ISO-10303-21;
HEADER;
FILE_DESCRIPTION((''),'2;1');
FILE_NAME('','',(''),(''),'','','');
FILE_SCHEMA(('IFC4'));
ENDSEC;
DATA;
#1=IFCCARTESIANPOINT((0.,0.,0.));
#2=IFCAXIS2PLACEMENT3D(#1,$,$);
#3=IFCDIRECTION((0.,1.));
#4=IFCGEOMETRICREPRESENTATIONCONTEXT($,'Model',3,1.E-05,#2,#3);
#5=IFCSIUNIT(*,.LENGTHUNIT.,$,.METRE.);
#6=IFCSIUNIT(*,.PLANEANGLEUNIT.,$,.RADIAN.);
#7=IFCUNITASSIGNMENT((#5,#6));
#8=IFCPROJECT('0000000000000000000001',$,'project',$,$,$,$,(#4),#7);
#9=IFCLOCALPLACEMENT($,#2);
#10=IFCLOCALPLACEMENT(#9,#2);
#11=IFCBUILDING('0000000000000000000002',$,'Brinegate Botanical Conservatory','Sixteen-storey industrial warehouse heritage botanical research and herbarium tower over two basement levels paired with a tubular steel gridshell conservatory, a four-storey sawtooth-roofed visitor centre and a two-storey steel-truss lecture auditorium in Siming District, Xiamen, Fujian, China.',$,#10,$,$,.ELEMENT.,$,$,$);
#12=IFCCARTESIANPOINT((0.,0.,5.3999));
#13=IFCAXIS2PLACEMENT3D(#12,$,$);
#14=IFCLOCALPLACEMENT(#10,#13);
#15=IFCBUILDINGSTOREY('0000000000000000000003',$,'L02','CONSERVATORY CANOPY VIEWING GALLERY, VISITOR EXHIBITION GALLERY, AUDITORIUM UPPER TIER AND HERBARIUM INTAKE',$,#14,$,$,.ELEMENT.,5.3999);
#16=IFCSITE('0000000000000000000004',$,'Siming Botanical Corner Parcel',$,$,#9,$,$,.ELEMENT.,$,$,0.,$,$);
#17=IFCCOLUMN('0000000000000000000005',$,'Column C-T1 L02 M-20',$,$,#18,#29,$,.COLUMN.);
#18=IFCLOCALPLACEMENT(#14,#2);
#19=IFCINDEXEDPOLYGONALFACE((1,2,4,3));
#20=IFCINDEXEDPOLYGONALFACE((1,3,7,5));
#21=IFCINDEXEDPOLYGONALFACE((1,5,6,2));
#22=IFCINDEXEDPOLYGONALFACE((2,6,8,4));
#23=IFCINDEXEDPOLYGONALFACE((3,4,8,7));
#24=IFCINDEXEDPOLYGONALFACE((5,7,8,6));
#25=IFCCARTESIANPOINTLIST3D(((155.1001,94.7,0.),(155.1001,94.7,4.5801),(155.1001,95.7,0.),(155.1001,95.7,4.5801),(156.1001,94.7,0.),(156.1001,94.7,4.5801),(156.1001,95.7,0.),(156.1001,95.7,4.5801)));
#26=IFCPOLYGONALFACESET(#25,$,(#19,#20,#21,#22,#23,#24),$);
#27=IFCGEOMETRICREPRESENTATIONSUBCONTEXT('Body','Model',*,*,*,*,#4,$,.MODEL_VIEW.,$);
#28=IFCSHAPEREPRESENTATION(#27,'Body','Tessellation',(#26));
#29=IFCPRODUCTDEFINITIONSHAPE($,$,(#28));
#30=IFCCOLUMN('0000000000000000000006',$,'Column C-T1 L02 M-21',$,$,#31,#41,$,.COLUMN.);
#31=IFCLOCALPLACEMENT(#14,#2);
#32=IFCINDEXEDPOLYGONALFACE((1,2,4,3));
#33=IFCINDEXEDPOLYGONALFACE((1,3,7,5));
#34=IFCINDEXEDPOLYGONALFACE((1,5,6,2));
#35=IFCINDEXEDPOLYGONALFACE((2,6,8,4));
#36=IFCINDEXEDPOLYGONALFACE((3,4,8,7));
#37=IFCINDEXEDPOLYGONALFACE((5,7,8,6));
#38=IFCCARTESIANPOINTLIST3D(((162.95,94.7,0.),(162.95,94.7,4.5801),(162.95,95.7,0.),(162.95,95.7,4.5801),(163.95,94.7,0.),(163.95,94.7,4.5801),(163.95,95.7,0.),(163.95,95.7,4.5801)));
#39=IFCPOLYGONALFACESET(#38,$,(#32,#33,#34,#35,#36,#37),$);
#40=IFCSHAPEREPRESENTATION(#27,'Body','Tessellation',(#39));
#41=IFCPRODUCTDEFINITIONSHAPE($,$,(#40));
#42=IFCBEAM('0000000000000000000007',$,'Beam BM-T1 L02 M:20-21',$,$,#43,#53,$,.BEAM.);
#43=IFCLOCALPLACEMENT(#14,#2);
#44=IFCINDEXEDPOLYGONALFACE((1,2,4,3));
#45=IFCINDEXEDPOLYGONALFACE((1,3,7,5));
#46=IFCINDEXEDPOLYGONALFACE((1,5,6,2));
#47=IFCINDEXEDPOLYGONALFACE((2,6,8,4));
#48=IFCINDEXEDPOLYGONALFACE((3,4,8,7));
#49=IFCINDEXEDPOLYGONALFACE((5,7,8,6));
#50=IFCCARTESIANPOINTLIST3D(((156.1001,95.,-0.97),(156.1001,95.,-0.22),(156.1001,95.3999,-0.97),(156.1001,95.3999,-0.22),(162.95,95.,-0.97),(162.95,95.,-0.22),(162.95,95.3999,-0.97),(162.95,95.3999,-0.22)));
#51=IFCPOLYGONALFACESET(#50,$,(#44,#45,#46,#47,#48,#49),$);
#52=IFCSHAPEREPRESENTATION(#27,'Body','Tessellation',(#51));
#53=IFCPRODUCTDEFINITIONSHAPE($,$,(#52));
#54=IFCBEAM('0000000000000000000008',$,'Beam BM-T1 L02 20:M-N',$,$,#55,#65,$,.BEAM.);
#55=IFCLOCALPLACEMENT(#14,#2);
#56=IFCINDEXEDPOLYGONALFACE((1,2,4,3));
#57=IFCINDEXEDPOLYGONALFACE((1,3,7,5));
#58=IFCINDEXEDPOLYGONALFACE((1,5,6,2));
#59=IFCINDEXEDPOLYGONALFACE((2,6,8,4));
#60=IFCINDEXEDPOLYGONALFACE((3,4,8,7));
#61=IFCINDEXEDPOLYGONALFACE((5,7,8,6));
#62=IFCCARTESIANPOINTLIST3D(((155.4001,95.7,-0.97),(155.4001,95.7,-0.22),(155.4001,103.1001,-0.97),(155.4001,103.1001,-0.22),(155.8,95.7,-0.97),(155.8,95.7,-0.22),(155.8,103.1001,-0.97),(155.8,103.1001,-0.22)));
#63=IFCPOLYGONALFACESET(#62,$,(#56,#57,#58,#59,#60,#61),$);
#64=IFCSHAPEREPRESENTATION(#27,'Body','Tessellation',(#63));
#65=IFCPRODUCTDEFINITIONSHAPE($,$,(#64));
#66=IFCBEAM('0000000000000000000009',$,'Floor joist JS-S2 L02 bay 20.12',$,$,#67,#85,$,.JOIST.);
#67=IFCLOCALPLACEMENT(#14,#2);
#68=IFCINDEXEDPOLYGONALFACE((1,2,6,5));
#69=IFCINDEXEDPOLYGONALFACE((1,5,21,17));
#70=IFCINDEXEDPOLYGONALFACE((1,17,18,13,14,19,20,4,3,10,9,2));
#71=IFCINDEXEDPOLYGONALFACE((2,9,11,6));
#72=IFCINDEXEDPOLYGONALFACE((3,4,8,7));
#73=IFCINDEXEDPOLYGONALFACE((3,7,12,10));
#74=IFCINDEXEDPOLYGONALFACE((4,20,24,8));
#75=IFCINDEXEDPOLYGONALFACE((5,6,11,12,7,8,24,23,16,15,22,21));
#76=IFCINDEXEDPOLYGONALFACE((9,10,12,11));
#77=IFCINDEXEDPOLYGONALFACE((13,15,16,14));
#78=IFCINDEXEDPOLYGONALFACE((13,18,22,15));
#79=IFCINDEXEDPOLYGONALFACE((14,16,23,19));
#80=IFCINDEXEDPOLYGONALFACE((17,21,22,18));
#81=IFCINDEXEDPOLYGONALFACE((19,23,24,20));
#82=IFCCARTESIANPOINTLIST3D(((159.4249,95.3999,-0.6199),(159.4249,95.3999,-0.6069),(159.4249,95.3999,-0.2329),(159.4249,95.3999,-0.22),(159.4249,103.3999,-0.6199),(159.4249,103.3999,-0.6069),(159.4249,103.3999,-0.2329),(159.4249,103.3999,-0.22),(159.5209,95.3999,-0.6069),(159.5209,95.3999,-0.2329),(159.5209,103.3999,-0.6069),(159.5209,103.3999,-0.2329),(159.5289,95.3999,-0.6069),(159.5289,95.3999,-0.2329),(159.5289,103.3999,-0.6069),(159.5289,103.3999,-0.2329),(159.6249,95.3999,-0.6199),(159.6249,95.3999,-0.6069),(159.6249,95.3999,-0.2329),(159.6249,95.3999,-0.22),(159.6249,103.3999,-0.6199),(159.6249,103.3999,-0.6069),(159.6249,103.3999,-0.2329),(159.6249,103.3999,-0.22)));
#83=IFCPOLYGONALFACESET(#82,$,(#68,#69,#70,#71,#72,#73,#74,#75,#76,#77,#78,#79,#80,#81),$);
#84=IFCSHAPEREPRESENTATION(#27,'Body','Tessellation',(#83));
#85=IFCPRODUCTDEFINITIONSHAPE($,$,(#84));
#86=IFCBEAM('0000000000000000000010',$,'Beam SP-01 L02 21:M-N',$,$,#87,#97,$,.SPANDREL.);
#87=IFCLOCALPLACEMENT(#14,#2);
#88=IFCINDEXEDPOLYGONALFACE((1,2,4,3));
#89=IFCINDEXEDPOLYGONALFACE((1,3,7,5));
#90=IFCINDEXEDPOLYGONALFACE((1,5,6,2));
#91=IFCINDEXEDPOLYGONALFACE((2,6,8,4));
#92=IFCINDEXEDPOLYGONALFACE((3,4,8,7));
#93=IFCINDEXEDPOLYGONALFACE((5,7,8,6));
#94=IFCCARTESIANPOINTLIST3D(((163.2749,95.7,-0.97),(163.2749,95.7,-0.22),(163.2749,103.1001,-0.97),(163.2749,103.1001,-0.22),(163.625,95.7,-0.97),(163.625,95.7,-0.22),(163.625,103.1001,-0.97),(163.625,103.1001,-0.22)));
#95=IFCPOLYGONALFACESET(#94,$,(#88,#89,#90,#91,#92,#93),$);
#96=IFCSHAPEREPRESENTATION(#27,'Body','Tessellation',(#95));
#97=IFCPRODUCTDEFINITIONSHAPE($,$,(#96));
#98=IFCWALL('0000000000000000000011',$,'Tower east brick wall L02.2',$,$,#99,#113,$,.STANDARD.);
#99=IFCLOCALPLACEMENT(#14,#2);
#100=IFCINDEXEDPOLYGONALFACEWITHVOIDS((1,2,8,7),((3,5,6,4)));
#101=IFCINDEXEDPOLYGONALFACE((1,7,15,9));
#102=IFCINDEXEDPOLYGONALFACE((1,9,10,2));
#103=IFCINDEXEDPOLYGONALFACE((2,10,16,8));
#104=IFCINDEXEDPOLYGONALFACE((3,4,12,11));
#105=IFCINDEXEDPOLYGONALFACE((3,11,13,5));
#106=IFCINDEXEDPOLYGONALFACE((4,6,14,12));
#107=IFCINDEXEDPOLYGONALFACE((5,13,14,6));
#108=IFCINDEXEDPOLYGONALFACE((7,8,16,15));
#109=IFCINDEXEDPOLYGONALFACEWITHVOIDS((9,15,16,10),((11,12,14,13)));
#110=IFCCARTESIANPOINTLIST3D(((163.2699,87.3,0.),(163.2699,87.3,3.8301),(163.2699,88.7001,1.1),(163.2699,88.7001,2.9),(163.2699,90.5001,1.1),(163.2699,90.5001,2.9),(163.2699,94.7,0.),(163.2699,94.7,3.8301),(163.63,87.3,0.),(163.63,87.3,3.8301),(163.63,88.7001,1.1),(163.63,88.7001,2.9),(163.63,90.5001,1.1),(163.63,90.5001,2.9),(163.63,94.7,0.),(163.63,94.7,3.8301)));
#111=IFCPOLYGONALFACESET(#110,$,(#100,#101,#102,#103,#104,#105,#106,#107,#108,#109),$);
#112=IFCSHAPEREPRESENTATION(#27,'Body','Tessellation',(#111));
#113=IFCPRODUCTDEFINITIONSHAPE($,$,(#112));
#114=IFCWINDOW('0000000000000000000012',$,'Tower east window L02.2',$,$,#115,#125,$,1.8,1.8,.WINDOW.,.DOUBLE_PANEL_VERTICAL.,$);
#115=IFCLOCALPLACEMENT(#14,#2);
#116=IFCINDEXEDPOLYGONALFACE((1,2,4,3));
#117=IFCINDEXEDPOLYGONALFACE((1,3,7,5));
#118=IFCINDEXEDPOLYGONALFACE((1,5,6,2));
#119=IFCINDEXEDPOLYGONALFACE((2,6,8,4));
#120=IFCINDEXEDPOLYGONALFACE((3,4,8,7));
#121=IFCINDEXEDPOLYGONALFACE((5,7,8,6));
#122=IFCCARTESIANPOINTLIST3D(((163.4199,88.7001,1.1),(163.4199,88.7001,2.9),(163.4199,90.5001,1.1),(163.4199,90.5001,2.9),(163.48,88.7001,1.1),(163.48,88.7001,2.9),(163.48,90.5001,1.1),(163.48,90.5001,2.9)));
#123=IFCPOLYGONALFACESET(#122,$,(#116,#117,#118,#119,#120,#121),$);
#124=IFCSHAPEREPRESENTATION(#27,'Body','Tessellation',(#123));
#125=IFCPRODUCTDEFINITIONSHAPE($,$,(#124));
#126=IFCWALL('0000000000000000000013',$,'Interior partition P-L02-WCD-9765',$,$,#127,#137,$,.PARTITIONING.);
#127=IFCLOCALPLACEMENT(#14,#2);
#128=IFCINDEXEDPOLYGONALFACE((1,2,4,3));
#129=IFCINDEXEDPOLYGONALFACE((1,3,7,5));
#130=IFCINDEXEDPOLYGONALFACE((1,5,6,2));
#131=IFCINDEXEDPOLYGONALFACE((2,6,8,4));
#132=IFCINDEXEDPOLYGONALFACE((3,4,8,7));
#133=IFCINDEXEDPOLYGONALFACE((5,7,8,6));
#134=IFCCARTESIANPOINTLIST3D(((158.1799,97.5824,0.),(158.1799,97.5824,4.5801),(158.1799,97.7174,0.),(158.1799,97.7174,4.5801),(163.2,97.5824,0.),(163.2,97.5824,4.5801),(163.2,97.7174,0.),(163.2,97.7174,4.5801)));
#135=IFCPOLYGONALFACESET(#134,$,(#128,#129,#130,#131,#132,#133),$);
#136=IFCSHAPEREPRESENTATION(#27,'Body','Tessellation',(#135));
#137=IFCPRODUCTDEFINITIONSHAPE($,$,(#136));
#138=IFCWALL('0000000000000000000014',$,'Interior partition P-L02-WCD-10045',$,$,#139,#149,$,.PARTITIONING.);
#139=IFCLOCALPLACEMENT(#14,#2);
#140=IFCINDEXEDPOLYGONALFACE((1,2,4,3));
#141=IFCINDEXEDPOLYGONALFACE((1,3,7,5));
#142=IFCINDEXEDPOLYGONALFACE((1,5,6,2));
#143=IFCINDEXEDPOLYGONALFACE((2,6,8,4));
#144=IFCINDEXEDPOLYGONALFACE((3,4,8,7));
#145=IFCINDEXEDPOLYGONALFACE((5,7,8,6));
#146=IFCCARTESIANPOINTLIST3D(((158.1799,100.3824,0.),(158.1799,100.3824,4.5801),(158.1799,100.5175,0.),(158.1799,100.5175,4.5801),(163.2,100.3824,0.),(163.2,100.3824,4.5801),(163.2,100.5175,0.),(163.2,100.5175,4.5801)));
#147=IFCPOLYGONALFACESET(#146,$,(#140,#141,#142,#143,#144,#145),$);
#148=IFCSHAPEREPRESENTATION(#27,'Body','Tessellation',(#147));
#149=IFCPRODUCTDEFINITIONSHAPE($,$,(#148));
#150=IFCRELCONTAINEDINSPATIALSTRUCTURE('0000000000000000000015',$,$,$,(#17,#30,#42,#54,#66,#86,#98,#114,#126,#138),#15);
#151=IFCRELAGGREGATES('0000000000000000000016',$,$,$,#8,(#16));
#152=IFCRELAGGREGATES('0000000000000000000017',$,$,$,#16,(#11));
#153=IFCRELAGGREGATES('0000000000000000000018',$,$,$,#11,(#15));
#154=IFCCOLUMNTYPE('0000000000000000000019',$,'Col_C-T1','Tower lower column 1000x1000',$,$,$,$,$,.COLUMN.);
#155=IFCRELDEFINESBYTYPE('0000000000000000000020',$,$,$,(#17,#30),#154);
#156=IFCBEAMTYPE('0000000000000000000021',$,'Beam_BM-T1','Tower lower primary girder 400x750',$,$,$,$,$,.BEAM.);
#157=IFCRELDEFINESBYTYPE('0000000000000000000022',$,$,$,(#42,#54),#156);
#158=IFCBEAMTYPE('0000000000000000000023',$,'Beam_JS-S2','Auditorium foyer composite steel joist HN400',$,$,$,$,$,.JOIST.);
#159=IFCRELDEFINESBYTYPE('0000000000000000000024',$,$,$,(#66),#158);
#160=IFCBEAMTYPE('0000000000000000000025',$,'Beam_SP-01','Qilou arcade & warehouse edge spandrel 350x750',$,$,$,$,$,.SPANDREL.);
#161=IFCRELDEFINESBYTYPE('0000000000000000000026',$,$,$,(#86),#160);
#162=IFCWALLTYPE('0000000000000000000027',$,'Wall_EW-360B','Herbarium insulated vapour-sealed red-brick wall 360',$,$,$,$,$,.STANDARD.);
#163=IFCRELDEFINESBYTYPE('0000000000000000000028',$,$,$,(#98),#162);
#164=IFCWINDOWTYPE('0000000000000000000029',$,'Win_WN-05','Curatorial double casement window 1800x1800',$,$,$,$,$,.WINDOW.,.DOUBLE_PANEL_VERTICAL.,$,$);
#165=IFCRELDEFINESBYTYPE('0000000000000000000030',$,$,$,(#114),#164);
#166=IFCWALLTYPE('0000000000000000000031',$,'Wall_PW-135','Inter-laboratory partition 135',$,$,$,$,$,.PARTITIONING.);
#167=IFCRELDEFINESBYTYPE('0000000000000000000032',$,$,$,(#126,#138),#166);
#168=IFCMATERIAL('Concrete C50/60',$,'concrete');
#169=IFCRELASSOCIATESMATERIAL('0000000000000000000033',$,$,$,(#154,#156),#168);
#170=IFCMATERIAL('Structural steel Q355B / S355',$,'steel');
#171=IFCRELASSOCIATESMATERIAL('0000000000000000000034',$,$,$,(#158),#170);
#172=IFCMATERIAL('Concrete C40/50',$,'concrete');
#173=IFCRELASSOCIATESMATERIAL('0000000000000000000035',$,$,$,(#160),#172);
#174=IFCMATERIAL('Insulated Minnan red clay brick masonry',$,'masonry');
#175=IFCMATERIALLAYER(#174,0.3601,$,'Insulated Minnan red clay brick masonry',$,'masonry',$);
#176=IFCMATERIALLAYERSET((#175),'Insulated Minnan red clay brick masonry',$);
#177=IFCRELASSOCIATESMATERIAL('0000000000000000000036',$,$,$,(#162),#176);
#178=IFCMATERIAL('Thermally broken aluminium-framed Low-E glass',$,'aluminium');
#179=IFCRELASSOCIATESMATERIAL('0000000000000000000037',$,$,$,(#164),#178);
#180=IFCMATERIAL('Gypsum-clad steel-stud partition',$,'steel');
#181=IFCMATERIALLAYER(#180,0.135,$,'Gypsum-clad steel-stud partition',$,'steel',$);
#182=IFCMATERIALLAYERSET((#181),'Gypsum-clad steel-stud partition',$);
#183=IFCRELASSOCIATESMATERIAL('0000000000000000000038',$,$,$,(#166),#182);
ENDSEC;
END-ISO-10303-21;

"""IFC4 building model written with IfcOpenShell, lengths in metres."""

from ifc_helpers import new_model, si_unit, direction, frame, frame_2d, origin, origin_2d, place, context, subcontext, project, spatial, rectangle, i_section, extrude, material, layer, layer_set, material_profile, profile_set, type_object, element, fill, save


model = new_model("IFC4")

# Units and contexts
model_context = context("Model", 3, precision=1e-05, world=origin(), true_north=direction((0.0, 1.0)))
body_context = subcontext(model_context, "Body", "Model", "MODEL_VIEW")
ifc_project = project(units=[si_unit("LENGTHUNIT", "METRE"), si_unit("PLANEANGLEUNIT", "RADIAN")], contexts=[model_context])

# Site, building, storey
site_placement = place(None, origin())
site = spatial("IfcSite", under=ifc_project, at=site_placement, Name="Siming Botanical Corner Parcel", CompositionType="ELEMENT", RefElevation=0.0)
building_placement = place(site_placement, origin())
building = spatial("IfcBuilding", under=site, at=building_placement, Name="Brinegate Botanical Conservatory", Description="Sixteen-storey industrial warehouse heritage botanical research and herbarium tower over two basement levels paired with a tubular steel gridshell conservatory, a four-storey sawtooth-roofed visitor centre and a two-storey steel-truss lecture auditorium in Siming District, Xiamen, Fujian, China.", CompositionType="ELEMENT")
storey_placement = place(building_placement, frame((0.0, 0.0, 5.3999)))
storey = spatial("IfcBuildingStorey", under=building, at=storey_placement, Name="L02", Description="CONSERVATORY CANOPY VIEWING GALLERY, VISITOR EXHIBITION GALLERY, AUDITORIUM UPPER TIER AND HERBARIUM INTAKE", CompositionType="ELEMENT", Elevation=5.3999)

# Columns
ifc_material_1 = material(Name="Concrete C50/60", Category="concrete")
ifc_material_profile_1 = material_profile(ifc_material_1, rectangle(XDim=1.0, YDim=1.0, at=origin_2d()), Name="RC COL 1000x1000")
ifc_profile_set_1 = profile_set([ifc_material_profile_1], Name="Concrete C50/60")
column_type = type_object("IfcColumnType", Name="Col_C-T1", Description="Tower lower column 1000x1000", PredefinedType="COLUMN", material=ifc_profile_set_1)
for number, where, z_axis, x_axis, name in (
    (1, (155.6001, 95.2, 0.0), (0.0, 0.0, 1.0), (1.0, 0.0, 0.0), "Column C-T1 L02 M-20"),
    (2, (163.45, 95.2, 0.0), (0.0, 0.0, 1.0), (1.0, 0.0, 0.0), "Column C-T1 L02 M-21"),
):
    element("IfcColumn", number, at=place(storey_placement, frame(where, z_axis=z_axis, x_axis=x_axis)), inside=storey, type_object=column_type, Name=name, PredefinedType="COLUMN", context=body_context, shape_type="SweptSolid", body=[
        extrude(rectangle(XDim=1.0, YDim=1.0, at=origin_2d()), origin(), (0.0, 0.0, 1.0), 4.5801),
    ])

# Beams
ifc_material_profile_2 = material_profile(ifc_material_1, rectangle(XDim=0.3999, YDim=0.75, at=origin_2d()), Name="RC BM 400x750")
ifc_profile_set_2 = profile_set([ifc_material_profile_2], Name="Concrete C50/60")
beam_type_1 = type_object("IfcBeamType", Name="Beam_BM-T1", Description="Tower lower primary girder 400x750", PredefinedType="BEAM", material=ifc_profile_set_2)
beam_1_placement = place(storey_placement, frame((156.1001, 95.2, -0.595), z_axis=(1.0, 0.0, 0.0), x_axis=(0.0, 1.0, 0.0)))
element("IfcBeam", 3, at=beam_1_placement, inside=storey, type_object=beam_type_1, Name="Beam BM-T1 L02 M:20-21", PredefinedType="BEAM", context=body_context, shape_type="SweptSolid", body=[
    extrude(rectangle(XDim=0.3999, YDim=0.75, at=origin_2d()), origin(), (0.0, 0.0, 1.0), 6.8499),
])
beam_2_placement = place(storey_placement, frame((155.6001, 95.7, -0.595), z_axis=(0.0, 1.0, 0.0), x_axis=(-1.0, 0.0, 0.0)))
element("IfcBeam", 4, at=beam_2_placement, inside=storey, type_object=beam_type_1, Name="Beam BM-T1 L02 20:M-N", PredefinedType="BEAM", context=body_context, shape_type="SweptSolid", body=[
    extrude(rectangle(XDim=0.3999, YDim=0.75, at=origin_2d()), origin(), (0.0, 0.0, 1.0), 7.4001),
])
ifc_material_2 = material(Name="Structural steel Q355B / S355", Category="steel")
ifc_material_profile_3 = material_profile(ifc_material_2, i_section(OverallWidth=0.2, OverallDepth=0.3999, WebThickness=0.0081, FlangeThickness=0.0129, at=origin_2d()), Name="HN 400x200x8x13")
ifc_profile_set_3 = profile_set([ifc_material_profile_3], Name="Structural steel Q355B / S355")
beam_type_2 = type_object("IfcBeamType", Name="Beam_JS-S2", Description="Auditorium foyer composite steel joist HN400", PredefinedType="JOIST", material=ifc_profile_set_3)
beam_3_placement = place(storey_placement, frame((159.5249, 95.3999, -0.4199), z_axis=(0.0, 1.0, 0.0), x_axis=(-1.0, 0.0, 0.0)))
element("IfcBeam", 5, at=beam_3_placement, inside=storey, type_object=beam_type_2, Name="Floor joist JS-S2 L02 bay 20.12", PredefinedType="JOIST", context=body_context, shape_type="SweptSolid", body=[
    extrude(i_section(OverallWidth=0.2, OverallDepth=0.3999, WebThickness=0.0081, FlangeThickness=0.0129, at=origin_2d()), origin(), (0.0, 0.0, 1.0), 8.0),
])
ifc_material_3 = material(Name="Concrete C40/50", Category="concrete")
ifc_material_profile_4 = material_profile(ifc_material_3, rectangle(XDim=0.3501, YDim=0.75, at=origin_2d()), Name="RC SPN 350x750")
ifc_profile_set_4 = profile_set([ifc_material_profile_4], Name="Concrete C40/50")
beam_type_3 = type_object("IfcBeamType", Name="Beam_SP-01", Description="Qilou arcade & warehouse edge spandrel 350x750", PredefinedType="SPANDREL", material=ifc_profile_set_4)
beam_4_placement = place(storey_placement, frame((163.45, 95.7, -0.595), z_axis=(0.0, 1.0, 0.0), x_axis=(-1.0, 0.0, 0.0)))
element("IfcBeam", 6, at=beam_4_placement, inside=storey, type_object=beam_type_3, Name="Beam SP-01 L02 21:M-N", PredefinedType="SPANDREL", context=body_context, shape_type="SweptSolid", body=[
    extrude(rectangle(XDim=0.3501, YDim=0.75, at=origin_2d()), origin(), (0.0, 0.0, 1.0), 7.4001),
])

# Wall, opening, window
ifc_material_4 = material(Name="Insulated Minnan red clay brick masonry", Category="masonry")
ifc_layer_1 = layer(ifc_material_4, 0.3601, Name="Insulated Minnan red clay brick masonry", Category="masonry")
ifc_layer_set_1 = layer_set([ifc_layer_1], Name="Insulated Minnan red clay brick masonry")
wall_type_1 = type_object("IfcWallType", Name="Wall_EW-360B", Description="Herbarium insulated vapour-sealed red-brick wall 360", PredefinedType="STANDARD", material=ifc_layer_set_1)
wall_1_placement = place(storey_placement, frame((163.45, 94.7, 0.0), z_axis=(0.0, 0.0, 1.0), x_axis=(0.0, -1.0, 0.0)))
wall_1 = element("IfcWall", 7, at=wall_1_placement, inside=storey, type_object=wall_type_1, Name="Tower east brick wall L02.2", PredefinedType="STANDARD", context=body_context, shape_type="SweptSolid", body=[
    extrude(rectangle(XDim=7.3999, YDim=0.3601, at=frame_2d((3.7, 0.0))), origin(), (0.0, 0.0, 1.0), 3.8301),
])
opening_1_placement = place(wall_1_placement, frame((4.2, 0.0, 1.1001)))
opening_1 = element("IfcOpeningElement", 8, at=opening_1_placement, cuts=wall_1, PredefinedType="OPENING", context=body_context, shape_type="SweptSolid", body=[
    extrude(rectangle(XDim=1.8, YDim=1.8, at=frame_2d((0.8999, 0.8999))), frame((0.0, 0.1899, 0.0), z_axis=(0.0, -1.0, 0.0), x_axis=(1.0, 0.0, 0.0)), (0.0, 0.0, 1.0), 0.3801),
])
ifc_material_5 = material(Name="Thermally broken aluminium-framed Low-E glass", Category="aluminium")
window_type = type_object("IfcWindowType", Name="Win_WN-05", Description="Curatorial double casement window 1800x1800", PartitioningType="DOUBLE_PANEL_VERTICAL", PredefinedType="WINDOW", material=ifc_material_5)
window_placement = place(opening_1_placement, origin())
window = element("IfcWindow", 9, at=window_placement, inside=storey, type_object=window_type, Name="Tower east window L02.2", OverallHeight=1.8, OverallWidth=1.8, PartitioningType="DOUBLE_PANEL_VERTICAL", PredefinedType="WINDOW", context=body_context, shape_type="SweptSolid", body=[
    extrude(rectangle(XDim=1.8, YDim=1.8, at=frame_2d((0.8999, 0.8999))), frame((0.0, 0.03, 0.0), z_axis=(0.0, -1.0, 0.0), x_axis=(1.0, 0.0, 0.0)), (0.0, 0.0, 1.0), 0.0601),
])
fill(opening_1, window)

# Walls
ifc_material_6 = material(Name="Gypsum-clad steel-stud partition", Category="steel")
ifc_layer_2 = layer(ifc_material_6, 0.135, Name="Gypsum-clad steel-stud partition", Category="steel")
ifc_layer_set_2 = layer_set([ifc_layer_2], Name="Gypsum-clad steel-stud partition")
wall_type_2 = type_object("IfcWallType", Name="Wall_PW-135", Description="Inter-laboratory partition 135", PredefinedType="PARTITIONING", material=ifc_layer_set_2)
for number, where, z_axis, x_axis, name in (
    (10, (158.1799, 97.6499, 0.0), (0.0, 0.0, 1.0), (1.0, 0.0, 0.0), "Interior partition P-L02-WCD-9765"),
    (11, (158.1799, 100.45, 0.0), (0.0, 0.0, 1.0), (1.0, 0.0, 0.0), "Interior partition P-L02-WCD-10045"),
):
    element("IfcWall", number, at=place(storey_placement, frame(where, z_axis=z_axis, x_axis=x_axis)), inside=storey, type_object=wall_type_2, Name=name, PredefinedType="PARTITIONING", context=body_context, shape_type="SweptSolid", body=[
        extrude(rectangle(XDim=5.02, YDim=0.135, at=frame_2d((2.51, 0.0))), origin(), (0.0, 0.0, 1.0), 4.5801),
    ])

save(model, "model.ifc")
